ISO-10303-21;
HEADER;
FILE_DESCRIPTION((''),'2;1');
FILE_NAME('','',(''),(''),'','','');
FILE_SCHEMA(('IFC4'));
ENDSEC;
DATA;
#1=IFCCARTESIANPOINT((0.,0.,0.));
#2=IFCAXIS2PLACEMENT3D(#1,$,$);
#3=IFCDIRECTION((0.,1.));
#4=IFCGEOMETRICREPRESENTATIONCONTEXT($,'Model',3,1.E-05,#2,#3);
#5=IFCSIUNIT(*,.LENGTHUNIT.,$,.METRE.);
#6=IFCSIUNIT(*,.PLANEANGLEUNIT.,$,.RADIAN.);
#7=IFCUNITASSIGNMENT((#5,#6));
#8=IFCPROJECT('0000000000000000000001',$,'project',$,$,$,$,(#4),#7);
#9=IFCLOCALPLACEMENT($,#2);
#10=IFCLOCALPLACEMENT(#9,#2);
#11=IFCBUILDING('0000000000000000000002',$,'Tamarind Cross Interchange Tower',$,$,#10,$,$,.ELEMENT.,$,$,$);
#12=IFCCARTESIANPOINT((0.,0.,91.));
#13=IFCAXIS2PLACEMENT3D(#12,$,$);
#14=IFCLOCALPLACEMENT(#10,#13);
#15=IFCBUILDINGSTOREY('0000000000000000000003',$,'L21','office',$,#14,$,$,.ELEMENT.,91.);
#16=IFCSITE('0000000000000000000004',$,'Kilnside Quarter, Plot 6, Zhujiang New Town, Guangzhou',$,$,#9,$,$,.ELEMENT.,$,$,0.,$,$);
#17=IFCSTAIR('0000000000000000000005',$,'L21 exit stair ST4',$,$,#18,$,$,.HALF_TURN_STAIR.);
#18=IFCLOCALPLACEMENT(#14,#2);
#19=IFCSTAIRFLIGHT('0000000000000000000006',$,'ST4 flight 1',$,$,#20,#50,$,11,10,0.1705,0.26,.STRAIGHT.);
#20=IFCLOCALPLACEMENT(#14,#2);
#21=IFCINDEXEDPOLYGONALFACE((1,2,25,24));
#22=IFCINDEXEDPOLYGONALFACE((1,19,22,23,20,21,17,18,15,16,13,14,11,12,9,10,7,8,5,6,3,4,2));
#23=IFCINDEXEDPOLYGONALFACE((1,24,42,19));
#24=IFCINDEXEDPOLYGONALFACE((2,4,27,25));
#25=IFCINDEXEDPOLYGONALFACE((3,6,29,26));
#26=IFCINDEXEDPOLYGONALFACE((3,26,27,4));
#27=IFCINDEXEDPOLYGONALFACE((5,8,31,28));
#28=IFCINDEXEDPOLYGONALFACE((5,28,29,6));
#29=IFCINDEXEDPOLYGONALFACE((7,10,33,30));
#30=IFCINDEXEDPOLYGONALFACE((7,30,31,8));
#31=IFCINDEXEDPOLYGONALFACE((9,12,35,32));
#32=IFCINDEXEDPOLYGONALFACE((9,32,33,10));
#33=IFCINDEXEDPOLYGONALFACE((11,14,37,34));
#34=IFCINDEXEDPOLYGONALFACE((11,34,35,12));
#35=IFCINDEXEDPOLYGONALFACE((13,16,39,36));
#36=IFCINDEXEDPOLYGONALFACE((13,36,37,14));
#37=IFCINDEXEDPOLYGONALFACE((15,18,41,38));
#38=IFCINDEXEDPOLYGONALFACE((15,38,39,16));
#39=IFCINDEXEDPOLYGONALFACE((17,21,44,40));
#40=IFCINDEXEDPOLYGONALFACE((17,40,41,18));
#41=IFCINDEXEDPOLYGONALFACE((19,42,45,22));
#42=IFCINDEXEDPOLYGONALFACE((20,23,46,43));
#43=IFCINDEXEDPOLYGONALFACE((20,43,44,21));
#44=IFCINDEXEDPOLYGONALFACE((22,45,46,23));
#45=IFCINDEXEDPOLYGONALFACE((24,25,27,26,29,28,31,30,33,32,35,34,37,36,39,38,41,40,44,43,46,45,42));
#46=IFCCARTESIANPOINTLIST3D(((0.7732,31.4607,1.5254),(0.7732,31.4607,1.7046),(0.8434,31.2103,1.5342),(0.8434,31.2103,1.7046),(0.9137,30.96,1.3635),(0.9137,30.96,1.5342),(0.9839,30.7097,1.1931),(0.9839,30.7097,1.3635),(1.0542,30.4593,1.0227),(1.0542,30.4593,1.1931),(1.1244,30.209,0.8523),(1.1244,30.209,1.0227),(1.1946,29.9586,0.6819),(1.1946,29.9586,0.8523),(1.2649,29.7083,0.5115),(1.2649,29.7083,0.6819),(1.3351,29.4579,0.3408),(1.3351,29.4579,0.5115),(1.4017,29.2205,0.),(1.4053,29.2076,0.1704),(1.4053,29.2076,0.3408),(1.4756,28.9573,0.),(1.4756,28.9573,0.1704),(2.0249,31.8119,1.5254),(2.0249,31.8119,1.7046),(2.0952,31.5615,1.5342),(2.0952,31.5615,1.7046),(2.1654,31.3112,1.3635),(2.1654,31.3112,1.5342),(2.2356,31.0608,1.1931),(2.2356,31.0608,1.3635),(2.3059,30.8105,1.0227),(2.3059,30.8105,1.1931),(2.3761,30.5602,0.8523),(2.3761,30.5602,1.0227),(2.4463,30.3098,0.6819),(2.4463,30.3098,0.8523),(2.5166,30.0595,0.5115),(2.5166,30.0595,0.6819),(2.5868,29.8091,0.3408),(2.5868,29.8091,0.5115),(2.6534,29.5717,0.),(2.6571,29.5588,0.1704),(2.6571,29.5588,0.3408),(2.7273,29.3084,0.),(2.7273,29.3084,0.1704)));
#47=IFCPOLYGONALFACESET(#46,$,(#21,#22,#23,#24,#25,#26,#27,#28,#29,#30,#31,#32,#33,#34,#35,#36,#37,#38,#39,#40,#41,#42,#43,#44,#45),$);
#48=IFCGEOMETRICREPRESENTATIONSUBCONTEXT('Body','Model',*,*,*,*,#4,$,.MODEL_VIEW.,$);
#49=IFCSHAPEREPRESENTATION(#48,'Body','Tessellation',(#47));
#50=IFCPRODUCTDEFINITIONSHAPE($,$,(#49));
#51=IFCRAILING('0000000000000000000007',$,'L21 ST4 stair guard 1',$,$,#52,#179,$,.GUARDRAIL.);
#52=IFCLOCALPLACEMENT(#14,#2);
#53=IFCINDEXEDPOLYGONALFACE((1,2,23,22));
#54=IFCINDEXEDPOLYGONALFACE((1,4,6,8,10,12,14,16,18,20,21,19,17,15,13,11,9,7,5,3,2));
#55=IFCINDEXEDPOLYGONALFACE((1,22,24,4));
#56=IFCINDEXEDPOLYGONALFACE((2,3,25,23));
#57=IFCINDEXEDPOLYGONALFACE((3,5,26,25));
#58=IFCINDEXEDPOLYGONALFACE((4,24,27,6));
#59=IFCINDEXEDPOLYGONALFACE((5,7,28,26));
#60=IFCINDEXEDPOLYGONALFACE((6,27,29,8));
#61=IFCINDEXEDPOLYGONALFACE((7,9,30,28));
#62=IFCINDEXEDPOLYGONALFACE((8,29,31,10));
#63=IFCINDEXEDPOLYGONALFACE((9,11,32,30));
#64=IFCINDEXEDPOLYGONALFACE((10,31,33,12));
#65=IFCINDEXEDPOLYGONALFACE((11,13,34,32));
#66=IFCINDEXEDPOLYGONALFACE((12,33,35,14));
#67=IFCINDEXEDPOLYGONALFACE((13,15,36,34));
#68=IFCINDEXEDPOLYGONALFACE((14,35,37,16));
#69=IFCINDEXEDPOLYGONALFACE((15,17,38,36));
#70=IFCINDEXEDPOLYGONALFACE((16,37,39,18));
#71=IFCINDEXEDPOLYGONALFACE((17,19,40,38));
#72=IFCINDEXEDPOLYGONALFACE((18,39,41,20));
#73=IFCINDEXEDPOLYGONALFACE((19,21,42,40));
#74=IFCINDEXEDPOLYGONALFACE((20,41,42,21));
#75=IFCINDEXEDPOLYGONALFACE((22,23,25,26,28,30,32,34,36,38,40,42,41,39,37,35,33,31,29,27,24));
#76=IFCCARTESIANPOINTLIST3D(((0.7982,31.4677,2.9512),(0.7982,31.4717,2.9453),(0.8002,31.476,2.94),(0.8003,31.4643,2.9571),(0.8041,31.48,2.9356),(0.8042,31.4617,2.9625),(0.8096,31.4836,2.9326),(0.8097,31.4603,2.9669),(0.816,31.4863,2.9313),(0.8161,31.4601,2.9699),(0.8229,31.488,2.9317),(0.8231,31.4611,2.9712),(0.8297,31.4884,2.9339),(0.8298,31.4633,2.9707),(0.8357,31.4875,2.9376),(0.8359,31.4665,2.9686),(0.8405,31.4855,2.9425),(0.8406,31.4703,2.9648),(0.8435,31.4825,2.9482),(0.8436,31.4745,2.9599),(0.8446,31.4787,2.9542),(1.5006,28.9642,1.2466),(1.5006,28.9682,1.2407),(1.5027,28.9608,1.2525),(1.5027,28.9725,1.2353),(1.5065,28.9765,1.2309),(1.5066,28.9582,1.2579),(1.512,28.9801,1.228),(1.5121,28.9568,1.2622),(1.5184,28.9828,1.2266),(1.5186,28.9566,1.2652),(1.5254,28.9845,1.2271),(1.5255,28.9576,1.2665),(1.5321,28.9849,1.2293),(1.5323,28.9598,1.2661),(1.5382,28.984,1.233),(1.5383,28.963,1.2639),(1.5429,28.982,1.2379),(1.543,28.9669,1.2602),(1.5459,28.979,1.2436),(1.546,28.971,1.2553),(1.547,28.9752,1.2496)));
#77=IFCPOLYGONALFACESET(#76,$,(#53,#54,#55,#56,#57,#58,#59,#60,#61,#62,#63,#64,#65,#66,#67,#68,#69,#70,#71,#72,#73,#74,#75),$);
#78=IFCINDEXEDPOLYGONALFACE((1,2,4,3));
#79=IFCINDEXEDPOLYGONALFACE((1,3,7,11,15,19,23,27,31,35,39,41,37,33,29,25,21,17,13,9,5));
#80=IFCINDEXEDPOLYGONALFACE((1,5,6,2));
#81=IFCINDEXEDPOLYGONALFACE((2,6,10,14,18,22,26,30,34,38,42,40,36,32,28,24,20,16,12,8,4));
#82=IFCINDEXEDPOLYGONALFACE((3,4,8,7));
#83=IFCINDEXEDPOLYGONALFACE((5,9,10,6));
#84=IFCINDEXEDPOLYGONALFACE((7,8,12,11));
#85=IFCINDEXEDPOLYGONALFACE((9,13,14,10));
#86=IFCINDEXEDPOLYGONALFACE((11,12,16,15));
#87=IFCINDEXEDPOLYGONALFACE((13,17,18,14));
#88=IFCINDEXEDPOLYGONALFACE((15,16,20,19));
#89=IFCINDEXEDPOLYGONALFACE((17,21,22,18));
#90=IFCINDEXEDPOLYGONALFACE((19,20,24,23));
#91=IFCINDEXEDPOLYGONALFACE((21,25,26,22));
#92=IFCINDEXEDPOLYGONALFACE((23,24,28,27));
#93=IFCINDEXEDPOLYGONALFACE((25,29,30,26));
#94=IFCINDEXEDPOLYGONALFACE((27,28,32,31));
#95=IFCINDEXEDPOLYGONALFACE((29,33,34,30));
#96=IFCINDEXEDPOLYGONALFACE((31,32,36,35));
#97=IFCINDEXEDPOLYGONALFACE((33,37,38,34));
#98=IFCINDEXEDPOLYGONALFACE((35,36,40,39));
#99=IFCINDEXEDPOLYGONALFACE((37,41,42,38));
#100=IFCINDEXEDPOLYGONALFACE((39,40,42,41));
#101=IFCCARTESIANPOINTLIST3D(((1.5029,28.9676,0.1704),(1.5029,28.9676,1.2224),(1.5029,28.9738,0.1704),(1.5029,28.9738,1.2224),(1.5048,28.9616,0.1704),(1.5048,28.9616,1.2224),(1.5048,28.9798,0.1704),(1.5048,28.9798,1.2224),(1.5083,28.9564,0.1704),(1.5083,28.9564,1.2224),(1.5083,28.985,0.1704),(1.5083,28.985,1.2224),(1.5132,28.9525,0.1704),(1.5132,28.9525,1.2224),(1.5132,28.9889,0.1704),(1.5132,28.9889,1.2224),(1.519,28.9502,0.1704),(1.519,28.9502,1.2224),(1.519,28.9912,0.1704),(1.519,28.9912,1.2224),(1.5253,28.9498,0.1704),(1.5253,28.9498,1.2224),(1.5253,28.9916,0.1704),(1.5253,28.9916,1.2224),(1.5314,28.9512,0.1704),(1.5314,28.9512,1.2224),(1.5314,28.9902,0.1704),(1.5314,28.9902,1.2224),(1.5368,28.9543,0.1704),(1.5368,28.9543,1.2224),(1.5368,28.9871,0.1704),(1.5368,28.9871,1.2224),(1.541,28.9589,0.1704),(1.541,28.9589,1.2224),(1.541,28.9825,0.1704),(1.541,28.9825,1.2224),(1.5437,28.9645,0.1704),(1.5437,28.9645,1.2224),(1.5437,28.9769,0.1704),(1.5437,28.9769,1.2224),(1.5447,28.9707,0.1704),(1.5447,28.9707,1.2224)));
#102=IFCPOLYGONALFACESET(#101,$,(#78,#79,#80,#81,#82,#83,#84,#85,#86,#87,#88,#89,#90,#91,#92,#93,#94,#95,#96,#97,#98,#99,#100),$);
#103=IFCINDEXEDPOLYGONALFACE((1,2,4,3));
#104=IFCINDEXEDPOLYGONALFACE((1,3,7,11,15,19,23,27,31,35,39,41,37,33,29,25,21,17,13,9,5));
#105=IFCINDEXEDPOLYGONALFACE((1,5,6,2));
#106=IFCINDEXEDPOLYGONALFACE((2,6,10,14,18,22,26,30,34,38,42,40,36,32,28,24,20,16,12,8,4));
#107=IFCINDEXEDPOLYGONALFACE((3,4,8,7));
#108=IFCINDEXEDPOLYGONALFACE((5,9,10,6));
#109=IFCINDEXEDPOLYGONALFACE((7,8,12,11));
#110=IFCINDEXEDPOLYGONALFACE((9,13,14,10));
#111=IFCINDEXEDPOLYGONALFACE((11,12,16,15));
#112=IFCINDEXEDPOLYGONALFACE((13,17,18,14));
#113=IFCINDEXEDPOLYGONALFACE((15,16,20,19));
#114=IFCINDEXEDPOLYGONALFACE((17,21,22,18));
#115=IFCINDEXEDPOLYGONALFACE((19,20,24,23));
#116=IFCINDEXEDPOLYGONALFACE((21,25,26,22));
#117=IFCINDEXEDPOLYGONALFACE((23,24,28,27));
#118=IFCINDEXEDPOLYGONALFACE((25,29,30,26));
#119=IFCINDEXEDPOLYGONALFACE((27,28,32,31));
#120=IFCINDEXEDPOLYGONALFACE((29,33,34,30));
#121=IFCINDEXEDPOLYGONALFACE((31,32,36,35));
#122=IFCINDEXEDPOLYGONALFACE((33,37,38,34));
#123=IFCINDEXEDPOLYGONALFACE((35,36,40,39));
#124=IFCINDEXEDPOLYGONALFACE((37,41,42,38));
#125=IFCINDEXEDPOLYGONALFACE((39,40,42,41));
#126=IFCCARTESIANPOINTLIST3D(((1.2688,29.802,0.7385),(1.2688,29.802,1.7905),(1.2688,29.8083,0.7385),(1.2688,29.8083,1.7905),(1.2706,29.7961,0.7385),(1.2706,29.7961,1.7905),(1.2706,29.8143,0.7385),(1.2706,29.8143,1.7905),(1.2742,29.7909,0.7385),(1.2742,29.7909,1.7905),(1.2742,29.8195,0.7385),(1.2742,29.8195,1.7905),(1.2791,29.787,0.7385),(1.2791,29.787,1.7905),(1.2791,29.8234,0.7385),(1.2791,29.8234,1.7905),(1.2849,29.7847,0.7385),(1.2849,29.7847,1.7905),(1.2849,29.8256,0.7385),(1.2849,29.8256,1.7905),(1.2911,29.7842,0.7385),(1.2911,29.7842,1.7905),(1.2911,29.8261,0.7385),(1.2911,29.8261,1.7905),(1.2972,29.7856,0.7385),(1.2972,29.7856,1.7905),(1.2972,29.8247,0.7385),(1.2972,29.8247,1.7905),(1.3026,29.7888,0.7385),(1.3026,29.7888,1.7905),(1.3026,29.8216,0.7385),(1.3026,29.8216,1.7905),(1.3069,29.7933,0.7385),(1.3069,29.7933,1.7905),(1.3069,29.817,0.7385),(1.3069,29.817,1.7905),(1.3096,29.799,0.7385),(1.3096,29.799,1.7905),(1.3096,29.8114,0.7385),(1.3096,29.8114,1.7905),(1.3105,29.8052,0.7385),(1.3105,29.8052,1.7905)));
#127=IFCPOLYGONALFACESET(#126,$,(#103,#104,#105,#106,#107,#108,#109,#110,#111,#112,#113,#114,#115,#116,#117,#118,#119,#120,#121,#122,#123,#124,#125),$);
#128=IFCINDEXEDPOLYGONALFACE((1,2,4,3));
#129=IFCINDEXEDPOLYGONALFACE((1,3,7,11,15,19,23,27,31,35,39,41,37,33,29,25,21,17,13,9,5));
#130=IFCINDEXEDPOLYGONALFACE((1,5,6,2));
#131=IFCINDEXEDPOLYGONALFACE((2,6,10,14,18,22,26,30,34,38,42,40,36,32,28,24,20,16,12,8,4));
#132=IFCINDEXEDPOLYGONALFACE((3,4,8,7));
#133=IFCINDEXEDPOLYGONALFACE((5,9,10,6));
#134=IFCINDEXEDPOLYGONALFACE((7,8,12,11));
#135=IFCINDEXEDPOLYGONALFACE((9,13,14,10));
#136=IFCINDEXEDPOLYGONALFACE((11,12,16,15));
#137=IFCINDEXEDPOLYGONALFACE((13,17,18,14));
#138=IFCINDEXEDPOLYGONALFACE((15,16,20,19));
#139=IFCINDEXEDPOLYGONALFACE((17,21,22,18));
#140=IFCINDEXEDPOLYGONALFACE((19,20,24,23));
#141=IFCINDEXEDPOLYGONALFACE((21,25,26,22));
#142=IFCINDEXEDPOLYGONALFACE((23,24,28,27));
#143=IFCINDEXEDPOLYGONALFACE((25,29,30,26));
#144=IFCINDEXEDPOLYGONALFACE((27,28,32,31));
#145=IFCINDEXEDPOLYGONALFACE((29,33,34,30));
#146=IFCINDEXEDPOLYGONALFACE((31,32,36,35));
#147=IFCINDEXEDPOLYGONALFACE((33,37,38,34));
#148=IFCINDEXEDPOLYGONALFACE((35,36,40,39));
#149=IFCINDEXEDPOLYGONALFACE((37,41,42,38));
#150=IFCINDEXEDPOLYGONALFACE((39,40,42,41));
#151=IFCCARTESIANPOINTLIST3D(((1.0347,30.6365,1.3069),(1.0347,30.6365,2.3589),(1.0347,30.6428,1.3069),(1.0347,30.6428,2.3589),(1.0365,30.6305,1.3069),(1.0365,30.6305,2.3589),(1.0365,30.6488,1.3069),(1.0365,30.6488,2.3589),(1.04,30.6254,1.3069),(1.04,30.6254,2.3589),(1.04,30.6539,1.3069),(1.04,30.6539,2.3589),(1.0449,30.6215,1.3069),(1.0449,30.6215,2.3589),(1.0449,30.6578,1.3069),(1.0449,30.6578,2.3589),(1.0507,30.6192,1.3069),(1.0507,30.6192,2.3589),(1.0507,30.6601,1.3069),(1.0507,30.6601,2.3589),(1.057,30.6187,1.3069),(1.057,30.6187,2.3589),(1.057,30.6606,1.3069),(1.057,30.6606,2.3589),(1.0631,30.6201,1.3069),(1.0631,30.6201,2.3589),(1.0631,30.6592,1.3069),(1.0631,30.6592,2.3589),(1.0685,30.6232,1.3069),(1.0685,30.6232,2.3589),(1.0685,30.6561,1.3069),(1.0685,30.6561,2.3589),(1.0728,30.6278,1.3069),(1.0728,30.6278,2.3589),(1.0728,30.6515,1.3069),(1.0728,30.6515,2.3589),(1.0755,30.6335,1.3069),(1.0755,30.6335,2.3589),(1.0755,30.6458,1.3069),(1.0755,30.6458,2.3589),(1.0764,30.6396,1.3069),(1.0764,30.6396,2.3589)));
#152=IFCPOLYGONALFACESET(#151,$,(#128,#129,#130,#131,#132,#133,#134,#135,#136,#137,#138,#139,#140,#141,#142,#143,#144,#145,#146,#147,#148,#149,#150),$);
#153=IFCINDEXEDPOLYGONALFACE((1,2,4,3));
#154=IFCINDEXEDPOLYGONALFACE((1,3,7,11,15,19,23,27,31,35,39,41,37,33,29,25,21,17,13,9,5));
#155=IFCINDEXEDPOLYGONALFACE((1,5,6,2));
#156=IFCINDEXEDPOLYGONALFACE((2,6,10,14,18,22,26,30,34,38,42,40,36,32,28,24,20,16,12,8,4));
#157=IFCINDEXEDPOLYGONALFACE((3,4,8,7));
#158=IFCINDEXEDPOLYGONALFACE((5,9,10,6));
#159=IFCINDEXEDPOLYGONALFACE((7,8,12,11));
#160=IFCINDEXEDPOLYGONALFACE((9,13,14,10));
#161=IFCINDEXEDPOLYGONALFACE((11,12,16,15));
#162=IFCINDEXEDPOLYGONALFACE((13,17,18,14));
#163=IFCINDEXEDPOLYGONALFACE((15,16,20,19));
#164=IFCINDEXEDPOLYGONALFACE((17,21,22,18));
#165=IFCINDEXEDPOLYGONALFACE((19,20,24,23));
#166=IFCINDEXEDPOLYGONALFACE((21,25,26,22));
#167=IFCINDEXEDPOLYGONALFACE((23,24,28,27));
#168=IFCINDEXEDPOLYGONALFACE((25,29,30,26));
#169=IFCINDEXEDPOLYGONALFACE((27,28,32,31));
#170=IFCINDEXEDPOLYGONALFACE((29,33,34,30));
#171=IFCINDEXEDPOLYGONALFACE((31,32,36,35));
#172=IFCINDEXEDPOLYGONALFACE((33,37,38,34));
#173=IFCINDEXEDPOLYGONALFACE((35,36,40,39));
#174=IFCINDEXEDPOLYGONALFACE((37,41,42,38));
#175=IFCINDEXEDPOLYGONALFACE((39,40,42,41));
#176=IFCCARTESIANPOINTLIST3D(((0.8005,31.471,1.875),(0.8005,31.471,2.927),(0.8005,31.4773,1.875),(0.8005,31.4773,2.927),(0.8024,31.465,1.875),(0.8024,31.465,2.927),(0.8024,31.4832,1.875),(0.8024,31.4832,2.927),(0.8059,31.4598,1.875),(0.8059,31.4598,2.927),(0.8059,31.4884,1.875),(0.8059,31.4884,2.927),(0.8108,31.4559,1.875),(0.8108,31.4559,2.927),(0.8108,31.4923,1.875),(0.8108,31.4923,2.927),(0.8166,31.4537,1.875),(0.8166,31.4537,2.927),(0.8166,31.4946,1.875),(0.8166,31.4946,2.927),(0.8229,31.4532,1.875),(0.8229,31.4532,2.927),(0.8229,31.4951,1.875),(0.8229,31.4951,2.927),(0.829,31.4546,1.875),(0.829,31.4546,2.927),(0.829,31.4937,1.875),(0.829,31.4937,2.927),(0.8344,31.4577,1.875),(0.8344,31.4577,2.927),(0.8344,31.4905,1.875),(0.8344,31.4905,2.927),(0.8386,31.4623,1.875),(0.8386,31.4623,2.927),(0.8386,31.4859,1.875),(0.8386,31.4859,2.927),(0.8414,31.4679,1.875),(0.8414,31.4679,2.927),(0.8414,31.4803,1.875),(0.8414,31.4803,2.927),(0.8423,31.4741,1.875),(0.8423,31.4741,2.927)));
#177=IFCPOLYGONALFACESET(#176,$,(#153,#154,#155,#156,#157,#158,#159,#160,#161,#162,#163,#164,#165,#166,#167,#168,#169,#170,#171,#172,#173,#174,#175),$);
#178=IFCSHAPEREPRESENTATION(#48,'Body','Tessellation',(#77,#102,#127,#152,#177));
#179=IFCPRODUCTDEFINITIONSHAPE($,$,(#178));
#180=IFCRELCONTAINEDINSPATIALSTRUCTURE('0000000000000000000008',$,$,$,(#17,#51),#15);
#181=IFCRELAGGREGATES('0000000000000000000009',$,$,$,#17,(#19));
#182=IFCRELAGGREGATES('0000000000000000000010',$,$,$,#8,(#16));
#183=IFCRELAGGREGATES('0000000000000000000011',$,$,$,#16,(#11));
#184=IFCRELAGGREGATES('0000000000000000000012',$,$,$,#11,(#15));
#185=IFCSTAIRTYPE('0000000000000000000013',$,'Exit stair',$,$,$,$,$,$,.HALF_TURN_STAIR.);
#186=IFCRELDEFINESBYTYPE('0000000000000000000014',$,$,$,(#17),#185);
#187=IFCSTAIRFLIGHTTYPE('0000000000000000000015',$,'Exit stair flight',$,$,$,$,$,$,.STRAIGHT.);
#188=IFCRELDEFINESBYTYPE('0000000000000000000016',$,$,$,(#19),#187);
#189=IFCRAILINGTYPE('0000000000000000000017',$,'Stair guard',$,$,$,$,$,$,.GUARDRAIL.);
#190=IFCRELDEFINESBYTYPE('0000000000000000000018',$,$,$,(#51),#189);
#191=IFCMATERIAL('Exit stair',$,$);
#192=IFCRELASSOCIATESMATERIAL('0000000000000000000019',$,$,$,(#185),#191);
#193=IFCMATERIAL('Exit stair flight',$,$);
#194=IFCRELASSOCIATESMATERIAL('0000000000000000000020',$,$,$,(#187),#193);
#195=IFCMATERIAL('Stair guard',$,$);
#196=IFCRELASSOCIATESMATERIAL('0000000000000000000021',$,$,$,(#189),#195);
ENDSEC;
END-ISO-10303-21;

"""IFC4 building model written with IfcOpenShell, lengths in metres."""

from ifc_helpers import new_model, si_unit, direction, frame, origin, origin_2d, place, context, subcontext, project, spatial, polyline, circle, outline, extrude, material, type_object, element, aggregate, save


model = new_model("IFC4")

# Units and contexts
model_context = context("Model", 3, precision=1e-05, world=origin(), true_north=direction((0.0, 1.0)))
body_context = subcontext(model_context, "Body", "Model", "MODEL_VIEW")
ifc_project = project(units=[si_unit("LENGTHUNIT", "METRE"), si_unit("PLANEANGLEUNIT", "RADIAN")], contexts=[model_context])

# Site, building, storey
site_placement = place(None, origin())
site = spatial("IfcSite", under=ifc_project, at=site_placement, Name="Kilnside Quarter, Plot 6, Zhujiang New Town, Guangzhou", CompositionType="ELEMENT", RefElevation=0.0)
building_placement = place(site_placement, origin())
building = spatial("IfcBuilding", under=site, at=building_placement, Name="Tamarind Cross Interchange Tower", CompositionType="ELEMENT")
storey_placement = place(building_placement, frame((0.0, 0.0, 91.0)))
storey = spatial("IfcBuildingStorey", under=building, at=storey_placement, Name="L21", Description="office", CompositionType="ELEMENT", Elevation=91.0)

# Shared definitions
ifc_material_1 = material(Name="Exit stair")
stair_type = type_object("IfcStairType", Name="Exit stair", PredefinedType="HALF_TURN_STAIR", material=ifc_material_1)

# Stair, stair flight
stair_1_placement = place(storey_placement, origin())
stair_1 = element("IfcStair", 1, at=stair_1_placement, inside=storey, type_object=stair_type, Name="L21 exit stair ST4", PredefinedType="HALF_TURN_STAIR")
ifc_material_2 = material(Name="Exit stair flight")
stair_flight_type = type_object("IfcStairFlightType", Name="Exit stair flight", PredefinedType="STRAIGHT", material=ifc_material_2)
stair_flight_placement = place(storey_placement, frame((2.1013, 29.1328, 0.0), z_axis=(0.0, 0.0, 1.0), x_axis=(-0.27013, 0.962824, 0.0)))
stair_flight = element("IfcStairFlight", 2, at=stair_flight_placement, type_object=stair_flight_type, Name="ST4 flight 1", NumberOfRisers=11, NumberOfTreads=10, PredefinedType="STRAIGHT", RiserHeight=0.1705, TreadLength=0.26, context=body_context, shape_type="SweptSolid", body=[
    extrude(outline(polyline([(0.0, 0.0), (0.0, 0.1704), (0.26, 0.1704), (0.26, 0.3408), (0.52, 0.3408), (0.52, 0.5115), (0.78, 0.5115), (0.78, 0.6819), (1.04, 0.6819), (1.04, 0.8523), (1.3, 0.8523), (1.3, 1.0227), (1.5601, 1.0227), (1.5601, 1.1931), (1.8201, 1.1931), (1.8201, 1.3635), (2.0801, 1.3635), (2.0801, 1.5342), (2.3401, 1.5342), (2.3401, 1.7046), (2.6001, 1.7046), (2.6001, 1.875), (2.6001, 1.5254), (0.2734, 0.0), (0.0, 0.0)])), frame((0.0, 0.6499, 0.0), z_axis=(0.0, -1.0, 0.0), x_axis=(1.0, 0.0, 0.0)), (0.0, 0.0, 1.0), 1.3),
])
aggregate(stair_1, [stair_flight])

# Railing
ifc_material_3 = material(Name="Stair guard")
railing_type_1 = type_object("IfcRailingType", Name="Stair guard", PredefinedType="GUARDRAIL", material=ifc_material_3)
railing_1_placement = place(storey_placement, frame((1.5237, 28.9707, 0.1704)))
element("IfcRailing", 3, at=railing_1_placement, inside=storey, type_object=railing_type_1, Name="L21 ST4 stair guard 1", PredefinedType="GUARDRAIL", context=body_context, shape_type="SweptSolid", body=[
    extrude(circle(Radius=0.0239, at=origin_2d()), frame((0.0, 0.0, 1.0762), z_axis=(-0.22592, 0.805208, 0.54827), x_axis=(-0.962821, -0.270142, 0.0)), (0.0, 0.0, 1.0), 3.1091),
    extrude(circle(Radius=0.021, at=origin_2d()), origin(), (0.0, 0.0, 1.0), 1.052),
    extrude(circle(Radius=0.021, at=origin_2d()), frame((-0.2341, 0.8345, 0.5681)), (0.0, 0.0, 1.0), 1.052),
    extrude(circle(Radius=0.021, at=origin_2d()), frame((-0.4683, 1.6689, 1.1365)), (0.0, 0.0, 1.0), 1.052),
    extrude(circle(Radius=0.021, at=origin_2d()), frame((-0.7024, 2.5034, 1.7046)), (0.0, 0.0, 1.0), 1.052),
])

save(model, "model.ifc")
